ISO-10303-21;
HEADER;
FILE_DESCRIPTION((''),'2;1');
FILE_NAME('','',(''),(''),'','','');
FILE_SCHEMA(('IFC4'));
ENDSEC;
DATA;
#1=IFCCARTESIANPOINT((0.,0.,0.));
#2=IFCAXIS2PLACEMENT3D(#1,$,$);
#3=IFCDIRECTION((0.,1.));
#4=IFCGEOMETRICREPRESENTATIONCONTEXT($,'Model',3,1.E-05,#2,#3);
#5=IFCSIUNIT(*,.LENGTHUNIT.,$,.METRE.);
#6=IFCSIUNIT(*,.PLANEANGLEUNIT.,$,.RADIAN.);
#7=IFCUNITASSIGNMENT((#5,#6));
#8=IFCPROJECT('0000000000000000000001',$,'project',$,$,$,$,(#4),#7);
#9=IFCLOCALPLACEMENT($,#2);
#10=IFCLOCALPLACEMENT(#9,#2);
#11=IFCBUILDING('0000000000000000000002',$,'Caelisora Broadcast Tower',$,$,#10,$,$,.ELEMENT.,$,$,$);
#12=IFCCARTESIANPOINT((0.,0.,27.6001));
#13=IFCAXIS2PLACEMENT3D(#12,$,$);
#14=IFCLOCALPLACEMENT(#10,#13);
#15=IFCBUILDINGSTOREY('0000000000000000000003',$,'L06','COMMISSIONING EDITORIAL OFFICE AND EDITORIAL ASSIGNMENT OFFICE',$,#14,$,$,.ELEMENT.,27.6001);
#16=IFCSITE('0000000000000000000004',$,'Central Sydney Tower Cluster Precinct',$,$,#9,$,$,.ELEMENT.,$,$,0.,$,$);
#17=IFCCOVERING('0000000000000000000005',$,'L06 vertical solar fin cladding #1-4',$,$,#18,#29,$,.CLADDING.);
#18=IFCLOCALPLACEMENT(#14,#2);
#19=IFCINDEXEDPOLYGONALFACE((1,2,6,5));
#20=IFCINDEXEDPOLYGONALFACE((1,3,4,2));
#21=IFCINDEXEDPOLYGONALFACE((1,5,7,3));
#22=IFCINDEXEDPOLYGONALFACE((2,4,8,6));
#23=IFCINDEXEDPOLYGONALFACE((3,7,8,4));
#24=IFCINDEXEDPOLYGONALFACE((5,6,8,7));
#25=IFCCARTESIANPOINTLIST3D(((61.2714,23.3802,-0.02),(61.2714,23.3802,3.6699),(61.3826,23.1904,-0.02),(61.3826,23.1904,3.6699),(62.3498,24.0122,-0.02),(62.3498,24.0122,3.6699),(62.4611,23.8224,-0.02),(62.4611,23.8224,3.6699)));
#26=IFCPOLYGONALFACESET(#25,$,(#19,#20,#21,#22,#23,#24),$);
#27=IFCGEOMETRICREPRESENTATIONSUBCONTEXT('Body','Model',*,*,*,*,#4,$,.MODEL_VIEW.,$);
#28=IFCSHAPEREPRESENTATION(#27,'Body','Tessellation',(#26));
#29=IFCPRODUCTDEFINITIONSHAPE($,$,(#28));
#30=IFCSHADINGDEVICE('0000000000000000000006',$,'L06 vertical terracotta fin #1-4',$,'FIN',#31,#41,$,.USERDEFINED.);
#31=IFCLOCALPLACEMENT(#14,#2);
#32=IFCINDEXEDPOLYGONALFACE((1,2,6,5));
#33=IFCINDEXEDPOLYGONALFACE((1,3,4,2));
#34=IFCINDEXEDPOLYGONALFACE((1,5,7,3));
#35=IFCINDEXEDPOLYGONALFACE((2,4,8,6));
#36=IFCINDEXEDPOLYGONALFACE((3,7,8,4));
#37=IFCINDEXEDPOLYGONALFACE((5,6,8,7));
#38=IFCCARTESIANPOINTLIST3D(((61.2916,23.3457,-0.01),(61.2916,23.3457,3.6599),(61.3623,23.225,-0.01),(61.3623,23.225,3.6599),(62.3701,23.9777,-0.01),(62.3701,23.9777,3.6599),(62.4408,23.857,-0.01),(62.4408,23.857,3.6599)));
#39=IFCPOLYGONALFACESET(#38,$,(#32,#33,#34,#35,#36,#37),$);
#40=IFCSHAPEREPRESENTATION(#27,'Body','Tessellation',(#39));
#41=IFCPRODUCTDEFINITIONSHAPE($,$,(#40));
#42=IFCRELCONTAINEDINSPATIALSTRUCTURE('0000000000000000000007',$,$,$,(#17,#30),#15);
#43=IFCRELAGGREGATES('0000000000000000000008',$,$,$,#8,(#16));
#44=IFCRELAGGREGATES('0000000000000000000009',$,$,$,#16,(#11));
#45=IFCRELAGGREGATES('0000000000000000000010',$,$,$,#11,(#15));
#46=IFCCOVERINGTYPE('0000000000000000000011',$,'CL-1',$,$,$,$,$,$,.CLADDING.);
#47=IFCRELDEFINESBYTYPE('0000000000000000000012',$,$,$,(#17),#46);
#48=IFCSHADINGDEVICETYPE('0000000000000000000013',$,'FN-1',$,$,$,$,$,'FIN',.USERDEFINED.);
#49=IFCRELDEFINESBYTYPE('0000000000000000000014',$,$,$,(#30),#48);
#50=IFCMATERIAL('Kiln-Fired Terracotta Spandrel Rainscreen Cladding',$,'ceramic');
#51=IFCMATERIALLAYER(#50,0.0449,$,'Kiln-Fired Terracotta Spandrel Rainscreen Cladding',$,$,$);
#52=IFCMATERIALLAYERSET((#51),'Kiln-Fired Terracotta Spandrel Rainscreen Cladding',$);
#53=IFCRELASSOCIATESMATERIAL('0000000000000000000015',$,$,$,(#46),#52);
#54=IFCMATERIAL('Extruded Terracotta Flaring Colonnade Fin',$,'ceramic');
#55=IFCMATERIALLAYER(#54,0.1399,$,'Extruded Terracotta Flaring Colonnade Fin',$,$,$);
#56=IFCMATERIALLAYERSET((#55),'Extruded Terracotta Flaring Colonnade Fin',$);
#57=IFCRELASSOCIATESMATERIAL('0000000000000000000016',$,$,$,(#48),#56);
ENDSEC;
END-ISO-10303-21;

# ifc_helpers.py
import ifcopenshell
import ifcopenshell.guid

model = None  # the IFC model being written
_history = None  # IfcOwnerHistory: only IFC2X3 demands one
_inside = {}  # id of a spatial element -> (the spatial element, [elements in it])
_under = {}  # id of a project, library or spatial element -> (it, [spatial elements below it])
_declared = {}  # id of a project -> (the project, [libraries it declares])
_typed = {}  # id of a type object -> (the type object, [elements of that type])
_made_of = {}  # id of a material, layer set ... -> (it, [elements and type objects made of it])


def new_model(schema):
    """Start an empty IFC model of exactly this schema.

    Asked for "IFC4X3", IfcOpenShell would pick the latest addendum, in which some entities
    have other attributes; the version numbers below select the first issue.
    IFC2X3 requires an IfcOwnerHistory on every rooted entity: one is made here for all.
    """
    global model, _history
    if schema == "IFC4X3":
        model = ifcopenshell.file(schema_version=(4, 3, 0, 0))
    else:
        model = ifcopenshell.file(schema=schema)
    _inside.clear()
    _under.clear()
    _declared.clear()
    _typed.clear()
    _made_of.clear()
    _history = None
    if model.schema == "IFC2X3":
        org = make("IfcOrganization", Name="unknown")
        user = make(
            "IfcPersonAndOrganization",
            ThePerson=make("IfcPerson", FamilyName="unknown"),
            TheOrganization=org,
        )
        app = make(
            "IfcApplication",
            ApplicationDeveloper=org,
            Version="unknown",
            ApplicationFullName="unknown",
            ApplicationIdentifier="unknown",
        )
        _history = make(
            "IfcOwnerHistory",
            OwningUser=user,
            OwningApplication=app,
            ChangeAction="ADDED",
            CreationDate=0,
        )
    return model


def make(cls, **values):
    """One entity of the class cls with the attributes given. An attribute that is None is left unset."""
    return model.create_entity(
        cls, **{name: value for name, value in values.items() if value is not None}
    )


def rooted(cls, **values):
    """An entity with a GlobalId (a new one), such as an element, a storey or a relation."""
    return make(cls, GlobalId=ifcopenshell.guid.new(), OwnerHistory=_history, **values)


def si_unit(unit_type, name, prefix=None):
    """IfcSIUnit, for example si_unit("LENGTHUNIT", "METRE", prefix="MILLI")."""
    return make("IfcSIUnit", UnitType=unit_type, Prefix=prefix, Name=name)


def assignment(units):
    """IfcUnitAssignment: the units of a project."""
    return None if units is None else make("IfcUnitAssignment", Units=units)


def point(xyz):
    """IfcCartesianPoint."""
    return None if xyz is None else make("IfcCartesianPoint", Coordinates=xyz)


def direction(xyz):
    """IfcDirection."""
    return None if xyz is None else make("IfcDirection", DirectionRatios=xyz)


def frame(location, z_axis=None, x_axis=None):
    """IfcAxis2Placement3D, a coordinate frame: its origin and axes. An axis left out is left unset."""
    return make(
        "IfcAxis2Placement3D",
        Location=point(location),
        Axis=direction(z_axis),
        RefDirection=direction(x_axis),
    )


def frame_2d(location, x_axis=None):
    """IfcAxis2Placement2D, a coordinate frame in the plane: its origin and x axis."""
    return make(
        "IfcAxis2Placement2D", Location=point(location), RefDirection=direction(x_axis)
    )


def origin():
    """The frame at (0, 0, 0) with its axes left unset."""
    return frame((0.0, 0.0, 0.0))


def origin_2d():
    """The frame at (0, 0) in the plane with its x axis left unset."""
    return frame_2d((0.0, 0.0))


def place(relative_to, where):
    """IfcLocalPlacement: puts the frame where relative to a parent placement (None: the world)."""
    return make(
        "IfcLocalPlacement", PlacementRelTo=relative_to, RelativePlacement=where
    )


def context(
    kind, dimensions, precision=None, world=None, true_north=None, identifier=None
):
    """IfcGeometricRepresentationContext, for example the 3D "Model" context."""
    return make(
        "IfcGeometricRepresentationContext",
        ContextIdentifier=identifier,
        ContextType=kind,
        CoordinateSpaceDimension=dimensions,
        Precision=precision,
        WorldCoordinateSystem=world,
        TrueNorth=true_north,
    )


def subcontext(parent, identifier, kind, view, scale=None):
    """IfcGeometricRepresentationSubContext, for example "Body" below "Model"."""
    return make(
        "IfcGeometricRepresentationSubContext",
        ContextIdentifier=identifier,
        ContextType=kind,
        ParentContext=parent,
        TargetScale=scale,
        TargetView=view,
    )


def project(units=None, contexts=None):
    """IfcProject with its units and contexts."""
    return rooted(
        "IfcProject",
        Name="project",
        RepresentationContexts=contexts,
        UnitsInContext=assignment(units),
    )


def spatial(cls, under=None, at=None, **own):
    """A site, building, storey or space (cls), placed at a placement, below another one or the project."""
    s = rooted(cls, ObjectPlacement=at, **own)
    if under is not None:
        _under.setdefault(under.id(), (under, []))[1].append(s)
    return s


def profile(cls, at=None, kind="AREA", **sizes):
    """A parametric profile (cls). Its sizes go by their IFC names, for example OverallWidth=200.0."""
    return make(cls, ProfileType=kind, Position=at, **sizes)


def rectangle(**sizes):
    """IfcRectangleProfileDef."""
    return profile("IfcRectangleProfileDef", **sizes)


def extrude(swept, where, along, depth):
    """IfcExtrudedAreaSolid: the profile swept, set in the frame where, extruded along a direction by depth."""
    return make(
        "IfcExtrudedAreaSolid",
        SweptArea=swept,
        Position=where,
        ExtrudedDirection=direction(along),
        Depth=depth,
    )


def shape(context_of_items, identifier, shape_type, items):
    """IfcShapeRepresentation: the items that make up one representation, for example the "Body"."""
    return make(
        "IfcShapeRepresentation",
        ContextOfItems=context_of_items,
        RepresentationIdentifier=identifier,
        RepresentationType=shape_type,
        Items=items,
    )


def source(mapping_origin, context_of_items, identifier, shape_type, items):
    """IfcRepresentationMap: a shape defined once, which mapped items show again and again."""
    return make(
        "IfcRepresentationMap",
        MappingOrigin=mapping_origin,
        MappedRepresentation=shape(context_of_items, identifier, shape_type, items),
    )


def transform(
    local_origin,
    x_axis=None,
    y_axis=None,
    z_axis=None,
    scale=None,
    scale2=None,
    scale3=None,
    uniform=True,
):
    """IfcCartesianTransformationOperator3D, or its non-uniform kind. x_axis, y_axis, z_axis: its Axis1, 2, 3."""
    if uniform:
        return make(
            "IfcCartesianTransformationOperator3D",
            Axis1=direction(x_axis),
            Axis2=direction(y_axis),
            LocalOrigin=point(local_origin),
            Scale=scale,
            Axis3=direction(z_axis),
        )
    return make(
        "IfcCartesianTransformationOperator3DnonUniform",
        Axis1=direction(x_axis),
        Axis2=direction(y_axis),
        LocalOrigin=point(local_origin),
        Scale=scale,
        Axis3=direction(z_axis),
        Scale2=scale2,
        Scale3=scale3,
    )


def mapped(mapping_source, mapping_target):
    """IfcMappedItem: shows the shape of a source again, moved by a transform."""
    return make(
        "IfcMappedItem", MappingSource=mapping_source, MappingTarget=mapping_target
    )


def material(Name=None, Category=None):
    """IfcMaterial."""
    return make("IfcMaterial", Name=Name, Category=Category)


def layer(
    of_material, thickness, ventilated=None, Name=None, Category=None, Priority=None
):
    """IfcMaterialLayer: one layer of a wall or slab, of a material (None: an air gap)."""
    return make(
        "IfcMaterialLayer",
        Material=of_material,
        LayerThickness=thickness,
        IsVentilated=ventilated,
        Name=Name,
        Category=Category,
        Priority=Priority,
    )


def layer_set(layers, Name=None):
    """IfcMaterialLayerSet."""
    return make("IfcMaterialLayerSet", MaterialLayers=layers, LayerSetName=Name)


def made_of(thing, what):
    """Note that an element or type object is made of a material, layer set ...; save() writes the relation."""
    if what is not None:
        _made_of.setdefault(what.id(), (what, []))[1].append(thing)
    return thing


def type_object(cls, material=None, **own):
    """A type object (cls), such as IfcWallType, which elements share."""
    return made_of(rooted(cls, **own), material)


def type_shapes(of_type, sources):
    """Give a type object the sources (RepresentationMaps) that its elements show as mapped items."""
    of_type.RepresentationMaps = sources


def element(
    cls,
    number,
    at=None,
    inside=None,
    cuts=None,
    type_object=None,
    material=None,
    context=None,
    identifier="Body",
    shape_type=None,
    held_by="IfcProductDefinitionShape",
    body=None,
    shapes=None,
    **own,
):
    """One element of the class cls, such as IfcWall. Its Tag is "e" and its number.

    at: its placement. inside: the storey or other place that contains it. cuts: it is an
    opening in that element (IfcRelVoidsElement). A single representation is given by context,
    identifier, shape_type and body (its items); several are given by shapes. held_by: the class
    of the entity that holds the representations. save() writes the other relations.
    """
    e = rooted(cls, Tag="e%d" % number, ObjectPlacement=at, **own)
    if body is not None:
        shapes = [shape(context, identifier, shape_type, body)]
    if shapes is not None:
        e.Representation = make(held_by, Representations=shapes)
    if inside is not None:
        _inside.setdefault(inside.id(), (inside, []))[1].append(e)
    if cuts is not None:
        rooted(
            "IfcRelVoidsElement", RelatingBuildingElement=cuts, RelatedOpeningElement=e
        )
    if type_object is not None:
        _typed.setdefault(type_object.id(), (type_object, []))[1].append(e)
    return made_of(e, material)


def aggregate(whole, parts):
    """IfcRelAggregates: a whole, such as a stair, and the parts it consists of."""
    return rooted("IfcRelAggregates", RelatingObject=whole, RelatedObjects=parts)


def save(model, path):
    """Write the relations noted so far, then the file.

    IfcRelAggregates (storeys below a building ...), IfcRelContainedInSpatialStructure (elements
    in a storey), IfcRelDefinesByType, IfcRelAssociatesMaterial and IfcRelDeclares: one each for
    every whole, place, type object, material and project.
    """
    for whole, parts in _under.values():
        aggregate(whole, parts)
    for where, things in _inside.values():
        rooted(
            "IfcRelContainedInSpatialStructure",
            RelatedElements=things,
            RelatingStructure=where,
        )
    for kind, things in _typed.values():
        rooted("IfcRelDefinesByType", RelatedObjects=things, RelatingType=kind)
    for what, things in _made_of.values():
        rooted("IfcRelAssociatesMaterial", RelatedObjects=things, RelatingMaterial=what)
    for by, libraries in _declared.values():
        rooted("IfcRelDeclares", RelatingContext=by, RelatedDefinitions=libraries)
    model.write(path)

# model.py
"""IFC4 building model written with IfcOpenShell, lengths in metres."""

from ifc_helpers import new_model, si_unit, direction, frame, origin, origin_2d, place, context, subcontext, project, spatial, rectangle, extrude, source, transform, mapped, material, layer, layer_set, type_object, type_shapes, element, save


model = new_model("IFC4")

# Units and contexts
model_context = context("Model", 3, precision=1e-05, world=origin(), true_north=direction((0.0, 1.0)))
body_context = subcontext(model_context, "Body", "Model", "MODEL_VIEW")
ifc_project = project(units=[si_unit("LENGTHUNIT", "METRE"), si_unit("PLANEANGLEUNIT", "RADIAN")], contexts=[model_context])

# Site, building, storey
site_placement = place(None, origin())
site = spatial("IfcSite", under=ifc_project, at=site_placement, Name="Central Sydney Tower Cluster Precinct", CompositionType="ELEMENT", RefElevation=0.0)
building_placement = place(site_placement, origin())
building = spatial("IfcBuilding", under=site, at=building_placement, Name="Caelisora Broadcast Tower", CompositionType="ELEMENT")
storey_placement = place(building_placement, frame((0.0, 0.0, 27.6001)))
storey = spatial("IfcBuildingStorey", under=building, at=storey_placement, Name="L06", Description="COMMISSIONING EDITORIAL OFFICE AND EDITORIAL ASSIGNMENT OFFICE", CompositionType="ELEMENT", Elevation=27.6001)

# Covering
ifc_material_1 = material(Name="Kiln-Fired Terracotta Spandrel Rainscreen Cladding", Category="ceramic")
ifc_layer_1 = layer(ifc_material_1, 0.0449, Name="Kiln-Fired Terracotta Spandrel Rainscreen Cladding")
ifc_layer_set_1 = layer_set([ifc_layer_1], Name="Kiln-Fired Terracotta Spandrel Rainscreen Cladding")
covering_type = type_object("IfcCoveringType", Name="CL-1", PredefinedType="CLADDING", material=ifc_layer_set_1)
shared_shape_1 = source(origin(), body_context, "Body", "SweptSolid", [
    extrude(rectangle(XDim=0.22, YDim=1.25, at=origin_2d()), origin(), (0.0, 0.0, 1.0), 3.6899),
])
type_shapes(covering_type, [shared_shape_1])
covering_placement = place(storey_placement, frame((61.8662, 23.6013, -0.02), z_axis=(0.0, 0.0, 1.0), x_axis=(0.505582, -0.862779, 0.0)))
element("IfcCovering", 1, at=covering_placement, inside=storey, type_object=covering_type, Name="L06 vertical solar fin cladding #1-4", PredefinedType="CLADDING", context=body_context, shape_type="MappedRepresentation", body=[
    mapped(shared_shape_1, transform((0.0, 0.0, 0.0), scale=1.0)),
])

# Shading device
ifc_material_2 = material(Name="Extruded Terracotta Flaring Colonnade Fin", Category="ceramic")
ifc_layer_2 = layer(ifc_material_2, 0.1399, Name="Extruded Terracotta Flaring Colonnade Fin")
ifc_layer_set_2 = layer_set([ifc_layer_2], Name="Extruded Terracotta Flaring Colonnade Fin")
shading_device_type = type_object("IfcShadingDeviceType", Name="FN-1", ElementType="FIN", PredefinedType="USERDEFINED", material=ifc_layer_set_2)
shared_shape_2 = source(origin(), body_context, "Body", "SweptSolid", [
    extrude(rectangle(XDim=0.1399, YDim=1.25, at=origin_2d()), origin(), (0.0, 0.0, 1.0), 3.6699),
])
type_shapes(shading_device_type, [shared_shape_2])
shading_device_placement = place(storey_placement, frame((61.8662, 23.6013, -0.01), z_axis=(0.0, 0.0, 1.0), x_axis=(0.505582, -0.862779, 0.0)))
element("IfcShadingDevice", 2, at=shading_device_placement, inside=storey, type_object=shading_device_type, Name="L06 vertical terracotta fin #1-4", ObjectType="FIN", PredefinedType="USERDEFINED", context=body_context, shape_type="MappedRepresentation", body=[
    mapped(shared_shape_2, transform((0.0, 0.0, 0.0), scale=1.0)),
])

save(model, "model.ifc")
